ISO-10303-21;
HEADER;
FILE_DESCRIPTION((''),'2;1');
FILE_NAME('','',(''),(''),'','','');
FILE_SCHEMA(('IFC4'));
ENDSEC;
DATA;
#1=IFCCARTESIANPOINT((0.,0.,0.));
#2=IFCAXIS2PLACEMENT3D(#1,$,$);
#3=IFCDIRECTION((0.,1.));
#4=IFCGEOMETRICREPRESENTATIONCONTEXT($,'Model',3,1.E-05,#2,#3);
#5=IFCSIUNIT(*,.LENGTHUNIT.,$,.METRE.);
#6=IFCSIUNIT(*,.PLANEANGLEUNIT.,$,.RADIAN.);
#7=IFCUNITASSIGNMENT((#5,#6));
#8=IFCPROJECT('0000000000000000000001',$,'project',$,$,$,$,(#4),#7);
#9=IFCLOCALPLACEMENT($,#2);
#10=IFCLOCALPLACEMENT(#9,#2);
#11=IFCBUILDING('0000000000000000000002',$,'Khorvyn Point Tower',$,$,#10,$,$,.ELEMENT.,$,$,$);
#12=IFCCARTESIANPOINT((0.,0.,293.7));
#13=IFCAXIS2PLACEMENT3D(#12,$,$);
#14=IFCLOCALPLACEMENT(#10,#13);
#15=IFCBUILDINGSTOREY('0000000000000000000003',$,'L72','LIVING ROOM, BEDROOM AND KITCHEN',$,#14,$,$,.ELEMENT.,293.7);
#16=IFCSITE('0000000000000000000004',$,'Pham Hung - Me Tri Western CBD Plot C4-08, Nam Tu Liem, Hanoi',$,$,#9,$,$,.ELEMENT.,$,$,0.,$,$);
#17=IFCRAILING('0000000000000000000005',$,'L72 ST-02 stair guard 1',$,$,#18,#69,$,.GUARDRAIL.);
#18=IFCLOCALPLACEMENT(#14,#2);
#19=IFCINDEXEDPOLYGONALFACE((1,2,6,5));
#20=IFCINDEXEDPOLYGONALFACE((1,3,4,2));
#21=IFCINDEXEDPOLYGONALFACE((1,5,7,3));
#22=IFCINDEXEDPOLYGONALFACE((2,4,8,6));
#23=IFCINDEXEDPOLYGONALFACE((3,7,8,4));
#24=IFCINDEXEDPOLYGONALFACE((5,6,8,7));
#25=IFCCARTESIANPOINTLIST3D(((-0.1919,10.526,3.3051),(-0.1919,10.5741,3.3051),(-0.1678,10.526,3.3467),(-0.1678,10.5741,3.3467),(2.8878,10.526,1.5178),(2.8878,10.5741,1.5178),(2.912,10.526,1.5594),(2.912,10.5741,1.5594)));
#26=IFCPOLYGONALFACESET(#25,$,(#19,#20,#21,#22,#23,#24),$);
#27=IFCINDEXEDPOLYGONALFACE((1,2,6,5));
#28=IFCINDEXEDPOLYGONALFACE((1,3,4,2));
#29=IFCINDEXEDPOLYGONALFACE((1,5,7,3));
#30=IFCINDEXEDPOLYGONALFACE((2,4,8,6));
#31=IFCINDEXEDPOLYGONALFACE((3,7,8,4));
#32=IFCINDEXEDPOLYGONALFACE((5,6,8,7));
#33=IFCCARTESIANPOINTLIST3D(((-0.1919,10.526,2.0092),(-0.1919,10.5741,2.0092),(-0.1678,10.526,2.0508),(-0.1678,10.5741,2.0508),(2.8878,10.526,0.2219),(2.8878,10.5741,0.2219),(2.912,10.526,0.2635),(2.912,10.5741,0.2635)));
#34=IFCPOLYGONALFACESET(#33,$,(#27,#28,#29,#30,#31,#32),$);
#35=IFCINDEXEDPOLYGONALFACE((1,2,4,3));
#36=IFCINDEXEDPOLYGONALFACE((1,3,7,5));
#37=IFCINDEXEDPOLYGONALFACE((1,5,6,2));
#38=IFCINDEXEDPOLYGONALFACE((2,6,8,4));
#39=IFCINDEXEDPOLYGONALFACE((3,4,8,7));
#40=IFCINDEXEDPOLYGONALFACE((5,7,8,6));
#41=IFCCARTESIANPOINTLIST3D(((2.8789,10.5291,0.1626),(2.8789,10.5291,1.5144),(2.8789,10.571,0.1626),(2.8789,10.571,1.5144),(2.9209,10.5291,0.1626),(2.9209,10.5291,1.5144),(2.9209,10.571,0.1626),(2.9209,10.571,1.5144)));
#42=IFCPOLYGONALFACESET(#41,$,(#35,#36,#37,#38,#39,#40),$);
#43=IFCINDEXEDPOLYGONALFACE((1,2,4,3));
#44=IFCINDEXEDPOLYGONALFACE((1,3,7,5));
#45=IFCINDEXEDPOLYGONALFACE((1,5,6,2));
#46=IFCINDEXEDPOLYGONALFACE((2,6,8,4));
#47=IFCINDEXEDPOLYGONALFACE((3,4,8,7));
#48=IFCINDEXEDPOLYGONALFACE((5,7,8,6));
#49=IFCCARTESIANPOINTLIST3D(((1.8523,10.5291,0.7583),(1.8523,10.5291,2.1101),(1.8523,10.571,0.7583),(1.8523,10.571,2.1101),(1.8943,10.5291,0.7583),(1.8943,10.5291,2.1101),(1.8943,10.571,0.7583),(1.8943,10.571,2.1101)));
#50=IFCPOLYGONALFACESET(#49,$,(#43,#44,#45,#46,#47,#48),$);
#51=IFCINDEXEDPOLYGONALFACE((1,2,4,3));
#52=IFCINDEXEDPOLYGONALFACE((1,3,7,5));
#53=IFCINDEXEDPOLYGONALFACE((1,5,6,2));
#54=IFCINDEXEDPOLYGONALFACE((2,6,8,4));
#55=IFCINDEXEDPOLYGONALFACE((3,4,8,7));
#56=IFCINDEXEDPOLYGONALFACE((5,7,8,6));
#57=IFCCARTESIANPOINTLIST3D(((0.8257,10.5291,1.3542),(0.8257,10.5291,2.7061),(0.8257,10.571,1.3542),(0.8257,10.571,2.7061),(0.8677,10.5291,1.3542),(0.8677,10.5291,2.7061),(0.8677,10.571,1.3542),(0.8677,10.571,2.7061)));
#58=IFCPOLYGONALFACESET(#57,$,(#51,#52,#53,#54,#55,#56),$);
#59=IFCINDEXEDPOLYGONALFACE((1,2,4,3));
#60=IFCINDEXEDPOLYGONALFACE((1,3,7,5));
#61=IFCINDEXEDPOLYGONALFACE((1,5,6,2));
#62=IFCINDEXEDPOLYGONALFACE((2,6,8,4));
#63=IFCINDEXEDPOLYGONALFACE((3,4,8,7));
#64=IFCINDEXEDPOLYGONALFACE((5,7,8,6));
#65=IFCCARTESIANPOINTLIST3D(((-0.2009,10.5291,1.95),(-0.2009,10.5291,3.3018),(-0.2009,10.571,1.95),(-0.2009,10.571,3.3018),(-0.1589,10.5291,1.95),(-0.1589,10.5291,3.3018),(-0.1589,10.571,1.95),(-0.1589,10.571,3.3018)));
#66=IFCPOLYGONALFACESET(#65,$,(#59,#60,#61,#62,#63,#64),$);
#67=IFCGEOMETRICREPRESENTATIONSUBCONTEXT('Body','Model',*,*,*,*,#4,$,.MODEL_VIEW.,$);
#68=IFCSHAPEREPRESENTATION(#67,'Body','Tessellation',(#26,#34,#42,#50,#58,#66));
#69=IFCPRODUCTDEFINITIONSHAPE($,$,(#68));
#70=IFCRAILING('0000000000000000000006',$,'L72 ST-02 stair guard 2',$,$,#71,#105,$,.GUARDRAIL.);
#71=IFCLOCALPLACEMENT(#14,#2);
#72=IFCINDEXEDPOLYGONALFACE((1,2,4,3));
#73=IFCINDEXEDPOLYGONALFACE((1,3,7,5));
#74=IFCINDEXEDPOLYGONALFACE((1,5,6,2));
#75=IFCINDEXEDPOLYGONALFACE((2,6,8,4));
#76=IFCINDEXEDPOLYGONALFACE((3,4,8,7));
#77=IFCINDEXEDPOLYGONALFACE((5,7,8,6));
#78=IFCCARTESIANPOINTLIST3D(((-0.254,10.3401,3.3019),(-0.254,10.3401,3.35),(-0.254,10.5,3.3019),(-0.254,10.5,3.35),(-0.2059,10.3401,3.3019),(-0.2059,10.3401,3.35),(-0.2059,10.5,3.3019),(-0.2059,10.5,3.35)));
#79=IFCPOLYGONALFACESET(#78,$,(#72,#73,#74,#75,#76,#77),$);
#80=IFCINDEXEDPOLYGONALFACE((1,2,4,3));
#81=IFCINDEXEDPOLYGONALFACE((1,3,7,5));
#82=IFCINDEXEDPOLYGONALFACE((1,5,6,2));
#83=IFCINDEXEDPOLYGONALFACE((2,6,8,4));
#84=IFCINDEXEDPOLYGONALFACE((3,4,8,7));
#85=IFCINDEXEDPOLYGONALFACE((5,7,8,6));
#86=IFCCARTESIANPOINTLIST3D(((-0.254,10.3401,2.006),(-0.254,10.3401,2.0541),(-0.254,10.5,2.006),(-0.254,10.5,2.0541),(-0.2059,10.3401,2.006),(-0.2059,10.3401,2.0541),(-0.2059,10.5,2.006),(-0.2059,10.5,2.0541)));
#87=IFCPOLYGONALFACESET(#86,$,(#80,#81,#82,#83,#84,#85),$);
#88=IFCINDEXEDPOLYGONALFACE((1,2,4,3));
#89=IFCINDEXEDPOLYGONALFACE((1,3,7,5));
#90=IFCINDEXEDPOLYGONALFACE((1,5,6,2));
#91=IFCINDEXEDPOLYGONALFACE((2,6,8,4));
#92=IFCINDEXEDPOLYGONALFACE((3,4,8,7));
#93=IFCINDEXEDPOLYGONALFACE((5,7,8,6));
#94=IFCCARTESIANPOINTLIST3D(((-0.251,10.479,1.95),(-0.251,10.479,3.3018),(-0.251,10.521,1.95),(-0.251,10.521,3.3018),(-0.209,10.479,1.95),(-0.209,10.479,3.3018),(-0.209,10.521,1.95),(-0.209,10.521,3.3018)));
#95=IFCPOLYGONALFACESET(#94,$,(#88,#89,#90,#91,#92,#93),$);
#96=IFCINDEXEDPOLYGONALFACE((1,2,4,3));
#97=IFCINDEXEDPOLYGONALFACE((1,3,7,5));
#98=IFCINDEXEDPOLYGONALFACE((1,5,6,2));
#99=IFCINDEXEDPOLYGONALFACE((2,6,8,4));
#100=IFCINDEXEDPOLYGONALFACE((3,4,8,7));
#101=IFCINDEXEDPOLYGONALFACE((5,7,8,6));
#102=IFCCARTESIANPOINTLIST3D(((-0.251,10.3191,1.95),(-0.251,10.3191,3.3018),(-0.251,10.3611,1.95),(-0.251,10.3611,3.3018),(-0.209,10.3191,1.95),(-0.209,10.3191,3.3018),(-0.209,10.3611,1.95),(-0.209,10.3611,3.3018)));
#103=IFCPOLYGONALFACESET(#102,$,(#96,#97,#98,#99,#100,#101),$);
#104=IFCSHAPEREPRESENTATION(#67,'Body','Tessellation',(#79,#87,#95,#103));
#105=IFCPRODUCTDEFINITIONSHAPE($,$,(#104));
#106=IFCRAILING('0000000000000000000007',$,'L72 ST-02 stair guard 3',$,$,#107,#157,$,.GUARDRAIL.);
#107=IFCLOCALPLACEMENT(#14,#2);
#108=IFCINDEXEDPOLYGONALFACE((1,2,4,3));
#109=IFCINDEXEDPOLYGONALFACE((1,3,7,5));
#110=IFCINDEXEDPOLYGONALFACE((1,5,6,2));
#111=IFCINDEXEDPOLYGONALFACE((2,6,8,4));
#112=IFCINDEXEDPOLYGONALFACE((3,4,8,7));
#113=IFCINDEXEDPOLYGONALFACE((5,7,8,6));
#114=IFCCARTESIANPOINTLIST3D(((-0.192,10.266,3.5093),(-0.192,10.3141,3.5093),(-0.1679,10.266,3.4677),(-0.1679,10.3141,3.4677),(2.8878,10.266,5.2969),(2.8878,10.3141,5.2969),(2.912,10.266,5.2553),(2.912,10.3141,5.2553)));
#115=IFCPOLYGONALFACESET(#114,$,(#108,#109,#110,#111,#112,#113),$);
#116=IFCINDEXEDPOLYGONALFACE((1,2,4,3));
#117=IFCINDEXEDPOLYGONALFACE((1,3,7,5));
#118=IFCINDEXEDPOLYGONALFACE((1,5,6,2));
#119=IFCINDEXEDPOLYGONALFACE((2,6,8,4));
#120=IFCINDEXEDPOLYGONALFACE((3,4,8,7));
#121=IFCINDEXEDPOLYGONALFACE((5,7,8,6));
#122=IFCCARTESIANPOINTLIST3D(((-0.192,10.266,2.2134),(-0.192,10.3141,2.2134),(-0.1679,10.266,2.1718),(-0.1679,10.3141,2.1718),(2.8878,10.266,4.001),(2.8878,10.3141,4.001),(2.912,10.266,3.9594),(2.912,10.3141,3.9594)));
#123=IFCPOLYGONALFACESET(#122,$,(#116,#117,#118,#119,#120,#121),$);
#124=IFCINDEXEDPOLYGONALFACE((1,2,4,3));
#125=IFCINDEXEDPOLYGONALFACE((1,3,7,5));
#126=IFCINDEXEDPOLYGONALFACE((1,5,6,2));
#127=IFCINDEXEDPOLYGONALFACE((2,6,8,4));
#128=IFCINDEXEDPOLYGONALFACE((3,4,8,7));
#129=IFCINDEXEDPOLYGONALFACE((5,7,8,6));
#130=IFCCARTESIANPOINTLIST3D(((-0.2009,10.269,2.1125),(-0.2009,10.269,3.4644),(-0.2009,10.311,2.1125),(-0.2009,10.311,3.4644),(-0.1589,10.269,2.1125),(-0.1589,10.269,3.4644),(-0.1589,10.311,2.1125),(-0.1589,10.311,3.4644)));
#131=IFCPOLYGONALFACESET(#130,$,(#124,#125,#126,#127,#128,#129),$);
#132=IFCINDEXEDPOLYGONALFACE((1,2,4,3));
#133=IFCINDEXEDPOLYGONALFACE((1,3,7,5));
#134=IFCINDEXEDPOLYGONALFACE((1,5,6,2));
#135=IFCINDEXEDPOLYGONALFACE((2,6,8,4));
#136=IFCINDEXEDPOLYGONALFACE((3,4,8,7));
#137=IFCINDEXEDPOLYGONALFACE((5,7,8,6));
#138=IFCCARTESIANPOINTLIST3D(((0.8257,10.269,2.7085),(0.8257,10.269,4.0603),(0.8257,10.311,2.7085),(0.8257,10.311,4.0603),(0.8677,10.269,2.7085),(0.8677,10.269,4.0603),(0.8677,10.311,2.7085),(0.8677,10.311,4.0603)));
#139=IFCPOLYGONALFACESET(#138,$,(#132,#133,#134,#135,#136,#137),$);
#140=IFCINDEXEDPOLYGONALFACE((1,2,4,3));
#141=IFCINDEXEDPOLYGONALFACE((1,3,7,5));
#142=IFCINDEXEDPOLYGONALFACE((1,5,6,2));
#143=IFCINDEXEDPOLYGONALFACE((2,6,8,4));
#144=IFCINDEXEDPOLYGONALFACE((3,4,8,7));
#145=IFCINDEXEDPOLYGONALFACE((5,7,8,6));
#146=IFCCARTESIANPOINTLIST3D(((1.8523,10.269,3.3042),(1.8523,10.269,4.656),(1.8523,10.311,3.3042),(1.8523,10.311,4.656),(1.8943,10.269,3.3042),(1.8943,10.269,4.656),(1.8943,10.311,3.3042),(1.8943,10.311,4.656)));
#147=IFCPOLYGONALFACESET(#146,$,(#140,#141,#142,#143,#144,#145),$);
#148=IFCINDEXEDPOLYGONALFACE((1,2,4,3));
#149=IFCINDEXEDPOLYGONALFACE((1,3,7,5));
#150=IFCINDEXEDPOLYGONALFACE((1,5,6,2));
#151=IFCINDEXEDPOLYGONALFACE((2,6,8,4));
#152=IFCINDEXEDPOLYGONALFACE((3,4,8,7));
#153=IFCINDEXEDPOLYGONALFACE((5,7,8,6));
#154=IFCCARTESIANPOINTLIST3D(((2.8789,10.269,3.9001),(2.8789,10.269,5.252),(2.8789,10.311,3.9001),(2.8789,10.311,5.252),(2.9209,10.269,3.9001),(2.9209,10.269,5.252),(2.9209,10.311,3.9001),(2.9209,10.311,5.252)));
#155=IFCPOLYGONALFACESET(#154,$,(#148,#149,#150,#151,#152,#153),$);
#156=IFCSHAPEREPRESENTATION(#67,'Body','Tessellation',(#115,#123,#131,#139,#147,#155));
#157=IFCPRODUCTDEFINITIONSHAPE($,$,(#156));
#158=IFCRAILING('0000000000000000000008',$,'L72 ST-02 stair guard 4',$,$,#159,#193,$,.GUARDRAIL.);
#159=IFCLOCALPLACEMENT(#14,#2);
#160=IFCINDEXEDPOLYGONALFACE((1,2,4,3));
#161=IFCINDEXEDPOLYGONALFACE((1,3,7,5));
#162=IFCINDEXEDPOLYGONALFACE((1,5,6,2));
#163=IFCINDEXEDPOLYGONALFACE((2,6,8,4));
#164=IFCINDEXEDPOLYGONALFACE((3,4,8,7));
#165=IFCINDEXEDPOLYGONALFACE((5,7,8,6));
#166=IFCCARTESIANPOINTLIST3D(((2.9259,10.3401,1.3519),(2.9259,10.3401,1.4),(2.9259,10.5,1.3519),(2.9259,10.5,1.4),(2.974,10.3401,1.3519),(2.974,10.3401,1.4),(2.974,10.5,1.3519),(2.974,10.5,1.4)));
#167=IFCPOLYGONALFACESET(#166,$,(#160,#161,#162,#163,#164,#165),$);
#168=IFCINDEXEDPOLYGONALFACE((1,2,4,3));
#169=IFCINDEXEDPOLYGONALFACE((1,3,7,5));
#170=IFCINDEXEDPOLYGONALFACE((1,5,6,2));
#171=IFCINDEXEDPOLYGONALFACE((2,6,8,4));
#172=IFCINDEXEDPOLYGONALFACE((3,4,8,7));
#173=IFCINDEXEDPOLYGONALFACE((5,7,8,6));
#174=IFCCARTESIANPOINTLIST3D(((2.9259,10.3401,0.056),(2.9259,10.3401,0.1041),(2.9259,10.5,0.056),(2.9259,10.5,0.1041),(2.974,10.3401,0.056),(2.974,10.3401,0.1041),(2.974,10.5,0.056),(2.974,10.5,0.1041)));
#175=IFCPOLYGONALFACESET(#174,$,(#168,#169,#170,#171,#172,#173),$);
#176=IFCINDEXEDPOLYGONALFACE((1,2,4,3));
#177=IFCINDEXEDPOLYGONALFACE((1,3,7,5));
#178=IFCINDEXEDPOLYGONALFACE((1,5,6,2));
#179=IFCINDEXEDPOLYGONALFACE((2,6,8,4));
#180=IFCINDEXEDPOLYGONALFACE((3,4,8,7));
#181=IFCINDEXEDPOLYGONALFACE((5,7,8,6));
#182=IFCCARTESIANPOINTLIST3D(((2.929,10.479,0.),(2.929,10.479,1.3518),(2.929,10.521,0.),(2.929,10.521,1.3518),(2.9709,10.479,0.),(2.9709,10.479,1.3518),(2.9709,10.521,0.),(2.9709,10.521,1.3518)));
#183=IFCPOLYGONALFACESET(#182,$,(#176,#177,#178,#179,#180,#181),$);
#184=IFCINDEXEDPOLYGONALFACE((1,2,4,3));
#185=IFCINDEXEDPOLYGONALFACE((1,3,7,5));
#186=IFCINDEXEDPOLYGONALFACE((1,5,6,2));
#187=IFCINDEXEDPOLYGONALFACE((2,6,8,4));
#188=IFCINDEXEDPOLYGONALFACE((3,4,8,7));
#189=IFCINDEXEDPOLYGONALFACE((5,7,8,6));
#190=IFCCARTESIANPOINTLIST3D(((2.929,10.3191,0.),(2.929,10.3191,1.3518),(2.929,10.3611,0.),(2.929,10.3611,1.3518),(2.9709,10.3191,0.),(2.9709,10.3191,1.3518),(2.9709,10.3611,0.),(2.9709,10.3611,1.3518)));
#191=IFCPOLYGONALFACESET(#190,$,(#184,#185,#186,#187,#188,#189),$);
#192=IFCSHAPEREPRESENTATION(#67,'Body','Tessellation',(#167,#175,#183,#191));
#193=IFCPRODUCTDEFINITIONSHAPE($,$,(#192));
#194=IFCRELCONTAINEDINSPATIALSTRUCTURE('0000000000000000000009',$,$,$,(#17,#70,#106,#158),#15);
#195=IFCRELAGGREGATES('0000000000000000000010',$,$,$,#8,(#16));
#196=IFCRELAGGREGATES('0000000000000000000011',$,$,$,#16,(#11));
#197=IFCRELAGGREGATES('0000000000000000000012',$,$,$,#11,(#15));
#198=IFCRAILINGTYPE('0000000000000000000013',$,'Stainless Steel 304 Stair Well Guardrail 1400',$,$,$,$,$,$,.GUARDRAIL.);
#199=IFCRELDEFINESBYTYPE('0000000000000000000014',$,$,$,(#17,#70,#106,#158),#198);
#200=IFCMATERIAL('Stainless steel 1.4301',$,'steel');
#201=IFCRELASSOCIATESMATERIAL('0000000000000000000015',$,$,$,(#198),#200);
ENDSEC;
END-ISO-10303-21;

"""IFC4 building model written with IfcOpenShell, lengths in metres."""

from ifc_helpers import new_model, si_unit, direction, frame, origin, origin_2d, place, context, subcontext, project, spatial, rectangle, extrude, material, type_object, element, save


model = new_model("IFC4")

# Units and contexts
model_context = context("Model", 3, precision=1e-05, world=origin(), true_north=direction((0.0, 1.0)))
body_context = subcontext(model_context, "Body", "Model", "MODEL_VIEW")
ifc_project = project(units=[si_unit("LENGTHUNIT", "METRE"), si_unit("PLANEANGLEUNIT", "RADIAN")], contexts=[model_context])

# Site, building, storey
site_placement = place(None, origin())
site = spatial("IfcSite", under=ifc_project, at=site_placement, Name="Pham Hung - Me Tri Western CBD Plot C4-08, Nam Tu Liem, Hanoi", CompositionType="ELEMENT", RefElevation=0.0)
building_placement = place(site_placement, origin())
building = spatial("IfcBuilding", under=site, at=building_placement, Name="Khorvyn Point Tower", CompositionType="ELEMENT")
storey_placement = place(building_placement, frame((0.0, 0.0, 293.7)))
storey = spatial("IfcBuildingStorey", under=building, at=storey_placement, Name="L72", Description="LIVING ROOM, BEDROOM AND KITCHEN", CompositionType="ELEMENT", Elevation=293.7)

# Shared definitions
ifc_material_1 = material(Name="Stainless steel 1.4301", Category="steel")

# Railings
railing_type_1 = type_object("IfcRailingType", Name="Stainless Steel 304 Stair Well Guardrail 1400", PredefinedType="GUARDRAIL", material=ifc_material_1)
railing_1_placement = place(storey_placement, frame((2.8999, 10.55, 0.1626)))
element("IfcRailing", 1, at=railing_1_placement, inside=storey, type_object=railing_type_1, Name="L72 ST-02 stair guard 1", PredefinedType="GUARDRAIL", context=body_context, shape_type="SweptSolid", body=[
    extrude(rectangle(XDim=0.0481, YDim=0.0481, at=origin_2d()), frame((0.0, 0.0, 1.376), z_axis=(-0.864903, 0.0, 0.501939), x_axis=(0.0, -1.0, 0.0)), (0.0, 0.0, 1.0), 3.5608),
    extrude(rectangle(XDim=0.0481, YDim=0.0481, at=origin_2d()), frame((0.0, 0.0, 0.0801), z_axis=(-0.864903, 0.0, 0.501939), x_axis=(0.0, -1.0, 0.0)), (0.0, 0.0, 1.0), 3.5608),
    extrude(rectangle(XDim=0.042, YDim=0.042, at=origin_2d()), origin(), (0.0, 0.0, 1.0), 1.3518),
    extrude(rectangle(XDim=0.042, YDim=0.042, at=origin_2d()), frame((-1.0266, 0.0, 0.5957)), (0.0, 0.0, 1.0), 1.3518),
    extrude(rectangle(XDim=0.042, YDim=0.042, at=origin_2d()), frame((-2.0532, 0.0, 1.1917)), (0.0, 0.0, 1.0), 1.3518),
    extrude(rectangle(XDim=0.042, YDim=0.042, at=origin_2d()), frame((-3.0798, 0.0, 1.7874)), (0.0, 0.0, 1.0), 1.3518),
])
railing_2_placement = place(storey_placement, frame((-0.23, 10.5, 1.95)))
element("IfcRailing", 2, at=railing_2_placement, inside=storey, type_object=railing_type_1, Name="L72 ST-02 stair guard 2", PredefinedType="GUARDRAIL", context=body_context, shape_type="SweptSolid", body=[
    extrude(rectangle(XDim=0.0481, YDim=0.0481, at=origin_2d()), frame((0.0, 0.0, 1.376), z_axis=(0.0, -1.0, 0.0), x_axis=(1.0, 0.0, 0.0)), (0.0, 0.0, 1.0), 0.1599),
    extrude(rectangle(XDim=0.0481, YDim=0.0481, at=origin_2d()), frame((0.0, 0.0, 0.0801), z_axis=(0.0, -1.0, 0.0), x_axis=(1.0, 0.0, 0.0)), (0.0, 0.0, 1.0), 0.1599),
    extrude(rectangle(XDim=0.042, YDim=0.042, at=origin_2d()), origin(), (0.0, 0.0, 1.0), 1.3518),
    extrude(rectangle(XDim=0.042, YDim=0.042, at=origin_2d()), frame((0.0, -0.1599, 0.0)), (0.0, 0.0, 1.0), 1.3518),
])
railing_3_placement = place(storey_placement, frame((-0.1799, 10.29, 2.1125)))
element("IfcRailing", 3, at=railing_3_placement, inside=storey, type_object=railing_type_1, Name="L72 ST-02 stair guard 3", PredefinedType="GUARDRAIL", context=body_context, shape_type="SweptSolid", body=[
    extrude(rectangle(XDim=0.0481, YDim=0.0481, at=origin_2d()), frame((0.0, 0.0, 1.376), z_axis=(0.864873, 0.0, 0.50199), x_axis=(0.0, 1.0, 0.0)), (0.0, 0.0, 1.0), 3.561),
    extrude(rectangle(XDim=0.0481, YDim=0.0481, at=origin_2d()), frame((0.0, 0.0, 0.0801), z_axis=(0.864873, 0.0, 0.50199), x_axis=(0.0, 1.0, 0.0)), (0.0, 0.0, 1.0), 3.561),
    extrude(rectangle(XDim=0.042, YDim=0.042, at=origin_2d()), origin(), (0.0, 0.0, 1.0), 1.3518),
    extrude(rectangle(XDim=0.042, YDim=0.042, at=origin_2d()), frame((1.0266, 0.0, 0.5959)), (0.0, 0.0, 1.0), 1.3518),
    extrude(rectangle(XDim=0.042, YDim=0.042, at=origin_2d()), frame((2.0532, 0.0, 1.1917)), (0.0, 0.0, 1.0), 1.3518),
    extrude(rectangle(XDim=0.042, YDim=0.042, at=origin_2d()), frame((3.0798, 0.0, 1.7876)), (0.0, 0.0, 1.0), 1.3518),
])
railing_4_placement = place(storey_placement, frame((2.95, 10.5, 0.0)))
element("IfcRailing", 4, at=railing_4_placement, inside=storey, type_object=railing_type_1, Name="L72 ST-02 stair guard 4", PredefinedType="GUARDRAIL", context=body_context, shape_type="SweptSolid", body=[
    extrude(rectangle(XDim=0.0481, YDim=0.0481, at=origin_2d()), frame((0.0, 0.0, 1.376), z_axis=(0.0, -1.0, 0.0), x_axis=(1.0, 0.0, 0.0)), (0.0, 0.0, 1.0), 0.1599),
    extrude(rectangle(XDim=0.0481, YDim=0.0481, at=origin_2d()), frame((0.0, 0.0, 0.0801), z_axis=(0.0, -1.0, 0.0), x_axis=(1.0, 0.0, 0.0)), (0.0, 0.0, 1.0), 0.1599),
    extrude(rectangle(XDim=0.042, YDim=0.042, at=origin_2d()), origin(), (0.0, 0.0, 1.0), 1.3518),
    extrude(rectangle(XDim=0.042, YDim=0.042, at=origin_2d()), frame((0.0, -0.1599, 0.0)), (0.0, 0.0, 1.0), 1.3518),
])

save(model, "model.ifc")
